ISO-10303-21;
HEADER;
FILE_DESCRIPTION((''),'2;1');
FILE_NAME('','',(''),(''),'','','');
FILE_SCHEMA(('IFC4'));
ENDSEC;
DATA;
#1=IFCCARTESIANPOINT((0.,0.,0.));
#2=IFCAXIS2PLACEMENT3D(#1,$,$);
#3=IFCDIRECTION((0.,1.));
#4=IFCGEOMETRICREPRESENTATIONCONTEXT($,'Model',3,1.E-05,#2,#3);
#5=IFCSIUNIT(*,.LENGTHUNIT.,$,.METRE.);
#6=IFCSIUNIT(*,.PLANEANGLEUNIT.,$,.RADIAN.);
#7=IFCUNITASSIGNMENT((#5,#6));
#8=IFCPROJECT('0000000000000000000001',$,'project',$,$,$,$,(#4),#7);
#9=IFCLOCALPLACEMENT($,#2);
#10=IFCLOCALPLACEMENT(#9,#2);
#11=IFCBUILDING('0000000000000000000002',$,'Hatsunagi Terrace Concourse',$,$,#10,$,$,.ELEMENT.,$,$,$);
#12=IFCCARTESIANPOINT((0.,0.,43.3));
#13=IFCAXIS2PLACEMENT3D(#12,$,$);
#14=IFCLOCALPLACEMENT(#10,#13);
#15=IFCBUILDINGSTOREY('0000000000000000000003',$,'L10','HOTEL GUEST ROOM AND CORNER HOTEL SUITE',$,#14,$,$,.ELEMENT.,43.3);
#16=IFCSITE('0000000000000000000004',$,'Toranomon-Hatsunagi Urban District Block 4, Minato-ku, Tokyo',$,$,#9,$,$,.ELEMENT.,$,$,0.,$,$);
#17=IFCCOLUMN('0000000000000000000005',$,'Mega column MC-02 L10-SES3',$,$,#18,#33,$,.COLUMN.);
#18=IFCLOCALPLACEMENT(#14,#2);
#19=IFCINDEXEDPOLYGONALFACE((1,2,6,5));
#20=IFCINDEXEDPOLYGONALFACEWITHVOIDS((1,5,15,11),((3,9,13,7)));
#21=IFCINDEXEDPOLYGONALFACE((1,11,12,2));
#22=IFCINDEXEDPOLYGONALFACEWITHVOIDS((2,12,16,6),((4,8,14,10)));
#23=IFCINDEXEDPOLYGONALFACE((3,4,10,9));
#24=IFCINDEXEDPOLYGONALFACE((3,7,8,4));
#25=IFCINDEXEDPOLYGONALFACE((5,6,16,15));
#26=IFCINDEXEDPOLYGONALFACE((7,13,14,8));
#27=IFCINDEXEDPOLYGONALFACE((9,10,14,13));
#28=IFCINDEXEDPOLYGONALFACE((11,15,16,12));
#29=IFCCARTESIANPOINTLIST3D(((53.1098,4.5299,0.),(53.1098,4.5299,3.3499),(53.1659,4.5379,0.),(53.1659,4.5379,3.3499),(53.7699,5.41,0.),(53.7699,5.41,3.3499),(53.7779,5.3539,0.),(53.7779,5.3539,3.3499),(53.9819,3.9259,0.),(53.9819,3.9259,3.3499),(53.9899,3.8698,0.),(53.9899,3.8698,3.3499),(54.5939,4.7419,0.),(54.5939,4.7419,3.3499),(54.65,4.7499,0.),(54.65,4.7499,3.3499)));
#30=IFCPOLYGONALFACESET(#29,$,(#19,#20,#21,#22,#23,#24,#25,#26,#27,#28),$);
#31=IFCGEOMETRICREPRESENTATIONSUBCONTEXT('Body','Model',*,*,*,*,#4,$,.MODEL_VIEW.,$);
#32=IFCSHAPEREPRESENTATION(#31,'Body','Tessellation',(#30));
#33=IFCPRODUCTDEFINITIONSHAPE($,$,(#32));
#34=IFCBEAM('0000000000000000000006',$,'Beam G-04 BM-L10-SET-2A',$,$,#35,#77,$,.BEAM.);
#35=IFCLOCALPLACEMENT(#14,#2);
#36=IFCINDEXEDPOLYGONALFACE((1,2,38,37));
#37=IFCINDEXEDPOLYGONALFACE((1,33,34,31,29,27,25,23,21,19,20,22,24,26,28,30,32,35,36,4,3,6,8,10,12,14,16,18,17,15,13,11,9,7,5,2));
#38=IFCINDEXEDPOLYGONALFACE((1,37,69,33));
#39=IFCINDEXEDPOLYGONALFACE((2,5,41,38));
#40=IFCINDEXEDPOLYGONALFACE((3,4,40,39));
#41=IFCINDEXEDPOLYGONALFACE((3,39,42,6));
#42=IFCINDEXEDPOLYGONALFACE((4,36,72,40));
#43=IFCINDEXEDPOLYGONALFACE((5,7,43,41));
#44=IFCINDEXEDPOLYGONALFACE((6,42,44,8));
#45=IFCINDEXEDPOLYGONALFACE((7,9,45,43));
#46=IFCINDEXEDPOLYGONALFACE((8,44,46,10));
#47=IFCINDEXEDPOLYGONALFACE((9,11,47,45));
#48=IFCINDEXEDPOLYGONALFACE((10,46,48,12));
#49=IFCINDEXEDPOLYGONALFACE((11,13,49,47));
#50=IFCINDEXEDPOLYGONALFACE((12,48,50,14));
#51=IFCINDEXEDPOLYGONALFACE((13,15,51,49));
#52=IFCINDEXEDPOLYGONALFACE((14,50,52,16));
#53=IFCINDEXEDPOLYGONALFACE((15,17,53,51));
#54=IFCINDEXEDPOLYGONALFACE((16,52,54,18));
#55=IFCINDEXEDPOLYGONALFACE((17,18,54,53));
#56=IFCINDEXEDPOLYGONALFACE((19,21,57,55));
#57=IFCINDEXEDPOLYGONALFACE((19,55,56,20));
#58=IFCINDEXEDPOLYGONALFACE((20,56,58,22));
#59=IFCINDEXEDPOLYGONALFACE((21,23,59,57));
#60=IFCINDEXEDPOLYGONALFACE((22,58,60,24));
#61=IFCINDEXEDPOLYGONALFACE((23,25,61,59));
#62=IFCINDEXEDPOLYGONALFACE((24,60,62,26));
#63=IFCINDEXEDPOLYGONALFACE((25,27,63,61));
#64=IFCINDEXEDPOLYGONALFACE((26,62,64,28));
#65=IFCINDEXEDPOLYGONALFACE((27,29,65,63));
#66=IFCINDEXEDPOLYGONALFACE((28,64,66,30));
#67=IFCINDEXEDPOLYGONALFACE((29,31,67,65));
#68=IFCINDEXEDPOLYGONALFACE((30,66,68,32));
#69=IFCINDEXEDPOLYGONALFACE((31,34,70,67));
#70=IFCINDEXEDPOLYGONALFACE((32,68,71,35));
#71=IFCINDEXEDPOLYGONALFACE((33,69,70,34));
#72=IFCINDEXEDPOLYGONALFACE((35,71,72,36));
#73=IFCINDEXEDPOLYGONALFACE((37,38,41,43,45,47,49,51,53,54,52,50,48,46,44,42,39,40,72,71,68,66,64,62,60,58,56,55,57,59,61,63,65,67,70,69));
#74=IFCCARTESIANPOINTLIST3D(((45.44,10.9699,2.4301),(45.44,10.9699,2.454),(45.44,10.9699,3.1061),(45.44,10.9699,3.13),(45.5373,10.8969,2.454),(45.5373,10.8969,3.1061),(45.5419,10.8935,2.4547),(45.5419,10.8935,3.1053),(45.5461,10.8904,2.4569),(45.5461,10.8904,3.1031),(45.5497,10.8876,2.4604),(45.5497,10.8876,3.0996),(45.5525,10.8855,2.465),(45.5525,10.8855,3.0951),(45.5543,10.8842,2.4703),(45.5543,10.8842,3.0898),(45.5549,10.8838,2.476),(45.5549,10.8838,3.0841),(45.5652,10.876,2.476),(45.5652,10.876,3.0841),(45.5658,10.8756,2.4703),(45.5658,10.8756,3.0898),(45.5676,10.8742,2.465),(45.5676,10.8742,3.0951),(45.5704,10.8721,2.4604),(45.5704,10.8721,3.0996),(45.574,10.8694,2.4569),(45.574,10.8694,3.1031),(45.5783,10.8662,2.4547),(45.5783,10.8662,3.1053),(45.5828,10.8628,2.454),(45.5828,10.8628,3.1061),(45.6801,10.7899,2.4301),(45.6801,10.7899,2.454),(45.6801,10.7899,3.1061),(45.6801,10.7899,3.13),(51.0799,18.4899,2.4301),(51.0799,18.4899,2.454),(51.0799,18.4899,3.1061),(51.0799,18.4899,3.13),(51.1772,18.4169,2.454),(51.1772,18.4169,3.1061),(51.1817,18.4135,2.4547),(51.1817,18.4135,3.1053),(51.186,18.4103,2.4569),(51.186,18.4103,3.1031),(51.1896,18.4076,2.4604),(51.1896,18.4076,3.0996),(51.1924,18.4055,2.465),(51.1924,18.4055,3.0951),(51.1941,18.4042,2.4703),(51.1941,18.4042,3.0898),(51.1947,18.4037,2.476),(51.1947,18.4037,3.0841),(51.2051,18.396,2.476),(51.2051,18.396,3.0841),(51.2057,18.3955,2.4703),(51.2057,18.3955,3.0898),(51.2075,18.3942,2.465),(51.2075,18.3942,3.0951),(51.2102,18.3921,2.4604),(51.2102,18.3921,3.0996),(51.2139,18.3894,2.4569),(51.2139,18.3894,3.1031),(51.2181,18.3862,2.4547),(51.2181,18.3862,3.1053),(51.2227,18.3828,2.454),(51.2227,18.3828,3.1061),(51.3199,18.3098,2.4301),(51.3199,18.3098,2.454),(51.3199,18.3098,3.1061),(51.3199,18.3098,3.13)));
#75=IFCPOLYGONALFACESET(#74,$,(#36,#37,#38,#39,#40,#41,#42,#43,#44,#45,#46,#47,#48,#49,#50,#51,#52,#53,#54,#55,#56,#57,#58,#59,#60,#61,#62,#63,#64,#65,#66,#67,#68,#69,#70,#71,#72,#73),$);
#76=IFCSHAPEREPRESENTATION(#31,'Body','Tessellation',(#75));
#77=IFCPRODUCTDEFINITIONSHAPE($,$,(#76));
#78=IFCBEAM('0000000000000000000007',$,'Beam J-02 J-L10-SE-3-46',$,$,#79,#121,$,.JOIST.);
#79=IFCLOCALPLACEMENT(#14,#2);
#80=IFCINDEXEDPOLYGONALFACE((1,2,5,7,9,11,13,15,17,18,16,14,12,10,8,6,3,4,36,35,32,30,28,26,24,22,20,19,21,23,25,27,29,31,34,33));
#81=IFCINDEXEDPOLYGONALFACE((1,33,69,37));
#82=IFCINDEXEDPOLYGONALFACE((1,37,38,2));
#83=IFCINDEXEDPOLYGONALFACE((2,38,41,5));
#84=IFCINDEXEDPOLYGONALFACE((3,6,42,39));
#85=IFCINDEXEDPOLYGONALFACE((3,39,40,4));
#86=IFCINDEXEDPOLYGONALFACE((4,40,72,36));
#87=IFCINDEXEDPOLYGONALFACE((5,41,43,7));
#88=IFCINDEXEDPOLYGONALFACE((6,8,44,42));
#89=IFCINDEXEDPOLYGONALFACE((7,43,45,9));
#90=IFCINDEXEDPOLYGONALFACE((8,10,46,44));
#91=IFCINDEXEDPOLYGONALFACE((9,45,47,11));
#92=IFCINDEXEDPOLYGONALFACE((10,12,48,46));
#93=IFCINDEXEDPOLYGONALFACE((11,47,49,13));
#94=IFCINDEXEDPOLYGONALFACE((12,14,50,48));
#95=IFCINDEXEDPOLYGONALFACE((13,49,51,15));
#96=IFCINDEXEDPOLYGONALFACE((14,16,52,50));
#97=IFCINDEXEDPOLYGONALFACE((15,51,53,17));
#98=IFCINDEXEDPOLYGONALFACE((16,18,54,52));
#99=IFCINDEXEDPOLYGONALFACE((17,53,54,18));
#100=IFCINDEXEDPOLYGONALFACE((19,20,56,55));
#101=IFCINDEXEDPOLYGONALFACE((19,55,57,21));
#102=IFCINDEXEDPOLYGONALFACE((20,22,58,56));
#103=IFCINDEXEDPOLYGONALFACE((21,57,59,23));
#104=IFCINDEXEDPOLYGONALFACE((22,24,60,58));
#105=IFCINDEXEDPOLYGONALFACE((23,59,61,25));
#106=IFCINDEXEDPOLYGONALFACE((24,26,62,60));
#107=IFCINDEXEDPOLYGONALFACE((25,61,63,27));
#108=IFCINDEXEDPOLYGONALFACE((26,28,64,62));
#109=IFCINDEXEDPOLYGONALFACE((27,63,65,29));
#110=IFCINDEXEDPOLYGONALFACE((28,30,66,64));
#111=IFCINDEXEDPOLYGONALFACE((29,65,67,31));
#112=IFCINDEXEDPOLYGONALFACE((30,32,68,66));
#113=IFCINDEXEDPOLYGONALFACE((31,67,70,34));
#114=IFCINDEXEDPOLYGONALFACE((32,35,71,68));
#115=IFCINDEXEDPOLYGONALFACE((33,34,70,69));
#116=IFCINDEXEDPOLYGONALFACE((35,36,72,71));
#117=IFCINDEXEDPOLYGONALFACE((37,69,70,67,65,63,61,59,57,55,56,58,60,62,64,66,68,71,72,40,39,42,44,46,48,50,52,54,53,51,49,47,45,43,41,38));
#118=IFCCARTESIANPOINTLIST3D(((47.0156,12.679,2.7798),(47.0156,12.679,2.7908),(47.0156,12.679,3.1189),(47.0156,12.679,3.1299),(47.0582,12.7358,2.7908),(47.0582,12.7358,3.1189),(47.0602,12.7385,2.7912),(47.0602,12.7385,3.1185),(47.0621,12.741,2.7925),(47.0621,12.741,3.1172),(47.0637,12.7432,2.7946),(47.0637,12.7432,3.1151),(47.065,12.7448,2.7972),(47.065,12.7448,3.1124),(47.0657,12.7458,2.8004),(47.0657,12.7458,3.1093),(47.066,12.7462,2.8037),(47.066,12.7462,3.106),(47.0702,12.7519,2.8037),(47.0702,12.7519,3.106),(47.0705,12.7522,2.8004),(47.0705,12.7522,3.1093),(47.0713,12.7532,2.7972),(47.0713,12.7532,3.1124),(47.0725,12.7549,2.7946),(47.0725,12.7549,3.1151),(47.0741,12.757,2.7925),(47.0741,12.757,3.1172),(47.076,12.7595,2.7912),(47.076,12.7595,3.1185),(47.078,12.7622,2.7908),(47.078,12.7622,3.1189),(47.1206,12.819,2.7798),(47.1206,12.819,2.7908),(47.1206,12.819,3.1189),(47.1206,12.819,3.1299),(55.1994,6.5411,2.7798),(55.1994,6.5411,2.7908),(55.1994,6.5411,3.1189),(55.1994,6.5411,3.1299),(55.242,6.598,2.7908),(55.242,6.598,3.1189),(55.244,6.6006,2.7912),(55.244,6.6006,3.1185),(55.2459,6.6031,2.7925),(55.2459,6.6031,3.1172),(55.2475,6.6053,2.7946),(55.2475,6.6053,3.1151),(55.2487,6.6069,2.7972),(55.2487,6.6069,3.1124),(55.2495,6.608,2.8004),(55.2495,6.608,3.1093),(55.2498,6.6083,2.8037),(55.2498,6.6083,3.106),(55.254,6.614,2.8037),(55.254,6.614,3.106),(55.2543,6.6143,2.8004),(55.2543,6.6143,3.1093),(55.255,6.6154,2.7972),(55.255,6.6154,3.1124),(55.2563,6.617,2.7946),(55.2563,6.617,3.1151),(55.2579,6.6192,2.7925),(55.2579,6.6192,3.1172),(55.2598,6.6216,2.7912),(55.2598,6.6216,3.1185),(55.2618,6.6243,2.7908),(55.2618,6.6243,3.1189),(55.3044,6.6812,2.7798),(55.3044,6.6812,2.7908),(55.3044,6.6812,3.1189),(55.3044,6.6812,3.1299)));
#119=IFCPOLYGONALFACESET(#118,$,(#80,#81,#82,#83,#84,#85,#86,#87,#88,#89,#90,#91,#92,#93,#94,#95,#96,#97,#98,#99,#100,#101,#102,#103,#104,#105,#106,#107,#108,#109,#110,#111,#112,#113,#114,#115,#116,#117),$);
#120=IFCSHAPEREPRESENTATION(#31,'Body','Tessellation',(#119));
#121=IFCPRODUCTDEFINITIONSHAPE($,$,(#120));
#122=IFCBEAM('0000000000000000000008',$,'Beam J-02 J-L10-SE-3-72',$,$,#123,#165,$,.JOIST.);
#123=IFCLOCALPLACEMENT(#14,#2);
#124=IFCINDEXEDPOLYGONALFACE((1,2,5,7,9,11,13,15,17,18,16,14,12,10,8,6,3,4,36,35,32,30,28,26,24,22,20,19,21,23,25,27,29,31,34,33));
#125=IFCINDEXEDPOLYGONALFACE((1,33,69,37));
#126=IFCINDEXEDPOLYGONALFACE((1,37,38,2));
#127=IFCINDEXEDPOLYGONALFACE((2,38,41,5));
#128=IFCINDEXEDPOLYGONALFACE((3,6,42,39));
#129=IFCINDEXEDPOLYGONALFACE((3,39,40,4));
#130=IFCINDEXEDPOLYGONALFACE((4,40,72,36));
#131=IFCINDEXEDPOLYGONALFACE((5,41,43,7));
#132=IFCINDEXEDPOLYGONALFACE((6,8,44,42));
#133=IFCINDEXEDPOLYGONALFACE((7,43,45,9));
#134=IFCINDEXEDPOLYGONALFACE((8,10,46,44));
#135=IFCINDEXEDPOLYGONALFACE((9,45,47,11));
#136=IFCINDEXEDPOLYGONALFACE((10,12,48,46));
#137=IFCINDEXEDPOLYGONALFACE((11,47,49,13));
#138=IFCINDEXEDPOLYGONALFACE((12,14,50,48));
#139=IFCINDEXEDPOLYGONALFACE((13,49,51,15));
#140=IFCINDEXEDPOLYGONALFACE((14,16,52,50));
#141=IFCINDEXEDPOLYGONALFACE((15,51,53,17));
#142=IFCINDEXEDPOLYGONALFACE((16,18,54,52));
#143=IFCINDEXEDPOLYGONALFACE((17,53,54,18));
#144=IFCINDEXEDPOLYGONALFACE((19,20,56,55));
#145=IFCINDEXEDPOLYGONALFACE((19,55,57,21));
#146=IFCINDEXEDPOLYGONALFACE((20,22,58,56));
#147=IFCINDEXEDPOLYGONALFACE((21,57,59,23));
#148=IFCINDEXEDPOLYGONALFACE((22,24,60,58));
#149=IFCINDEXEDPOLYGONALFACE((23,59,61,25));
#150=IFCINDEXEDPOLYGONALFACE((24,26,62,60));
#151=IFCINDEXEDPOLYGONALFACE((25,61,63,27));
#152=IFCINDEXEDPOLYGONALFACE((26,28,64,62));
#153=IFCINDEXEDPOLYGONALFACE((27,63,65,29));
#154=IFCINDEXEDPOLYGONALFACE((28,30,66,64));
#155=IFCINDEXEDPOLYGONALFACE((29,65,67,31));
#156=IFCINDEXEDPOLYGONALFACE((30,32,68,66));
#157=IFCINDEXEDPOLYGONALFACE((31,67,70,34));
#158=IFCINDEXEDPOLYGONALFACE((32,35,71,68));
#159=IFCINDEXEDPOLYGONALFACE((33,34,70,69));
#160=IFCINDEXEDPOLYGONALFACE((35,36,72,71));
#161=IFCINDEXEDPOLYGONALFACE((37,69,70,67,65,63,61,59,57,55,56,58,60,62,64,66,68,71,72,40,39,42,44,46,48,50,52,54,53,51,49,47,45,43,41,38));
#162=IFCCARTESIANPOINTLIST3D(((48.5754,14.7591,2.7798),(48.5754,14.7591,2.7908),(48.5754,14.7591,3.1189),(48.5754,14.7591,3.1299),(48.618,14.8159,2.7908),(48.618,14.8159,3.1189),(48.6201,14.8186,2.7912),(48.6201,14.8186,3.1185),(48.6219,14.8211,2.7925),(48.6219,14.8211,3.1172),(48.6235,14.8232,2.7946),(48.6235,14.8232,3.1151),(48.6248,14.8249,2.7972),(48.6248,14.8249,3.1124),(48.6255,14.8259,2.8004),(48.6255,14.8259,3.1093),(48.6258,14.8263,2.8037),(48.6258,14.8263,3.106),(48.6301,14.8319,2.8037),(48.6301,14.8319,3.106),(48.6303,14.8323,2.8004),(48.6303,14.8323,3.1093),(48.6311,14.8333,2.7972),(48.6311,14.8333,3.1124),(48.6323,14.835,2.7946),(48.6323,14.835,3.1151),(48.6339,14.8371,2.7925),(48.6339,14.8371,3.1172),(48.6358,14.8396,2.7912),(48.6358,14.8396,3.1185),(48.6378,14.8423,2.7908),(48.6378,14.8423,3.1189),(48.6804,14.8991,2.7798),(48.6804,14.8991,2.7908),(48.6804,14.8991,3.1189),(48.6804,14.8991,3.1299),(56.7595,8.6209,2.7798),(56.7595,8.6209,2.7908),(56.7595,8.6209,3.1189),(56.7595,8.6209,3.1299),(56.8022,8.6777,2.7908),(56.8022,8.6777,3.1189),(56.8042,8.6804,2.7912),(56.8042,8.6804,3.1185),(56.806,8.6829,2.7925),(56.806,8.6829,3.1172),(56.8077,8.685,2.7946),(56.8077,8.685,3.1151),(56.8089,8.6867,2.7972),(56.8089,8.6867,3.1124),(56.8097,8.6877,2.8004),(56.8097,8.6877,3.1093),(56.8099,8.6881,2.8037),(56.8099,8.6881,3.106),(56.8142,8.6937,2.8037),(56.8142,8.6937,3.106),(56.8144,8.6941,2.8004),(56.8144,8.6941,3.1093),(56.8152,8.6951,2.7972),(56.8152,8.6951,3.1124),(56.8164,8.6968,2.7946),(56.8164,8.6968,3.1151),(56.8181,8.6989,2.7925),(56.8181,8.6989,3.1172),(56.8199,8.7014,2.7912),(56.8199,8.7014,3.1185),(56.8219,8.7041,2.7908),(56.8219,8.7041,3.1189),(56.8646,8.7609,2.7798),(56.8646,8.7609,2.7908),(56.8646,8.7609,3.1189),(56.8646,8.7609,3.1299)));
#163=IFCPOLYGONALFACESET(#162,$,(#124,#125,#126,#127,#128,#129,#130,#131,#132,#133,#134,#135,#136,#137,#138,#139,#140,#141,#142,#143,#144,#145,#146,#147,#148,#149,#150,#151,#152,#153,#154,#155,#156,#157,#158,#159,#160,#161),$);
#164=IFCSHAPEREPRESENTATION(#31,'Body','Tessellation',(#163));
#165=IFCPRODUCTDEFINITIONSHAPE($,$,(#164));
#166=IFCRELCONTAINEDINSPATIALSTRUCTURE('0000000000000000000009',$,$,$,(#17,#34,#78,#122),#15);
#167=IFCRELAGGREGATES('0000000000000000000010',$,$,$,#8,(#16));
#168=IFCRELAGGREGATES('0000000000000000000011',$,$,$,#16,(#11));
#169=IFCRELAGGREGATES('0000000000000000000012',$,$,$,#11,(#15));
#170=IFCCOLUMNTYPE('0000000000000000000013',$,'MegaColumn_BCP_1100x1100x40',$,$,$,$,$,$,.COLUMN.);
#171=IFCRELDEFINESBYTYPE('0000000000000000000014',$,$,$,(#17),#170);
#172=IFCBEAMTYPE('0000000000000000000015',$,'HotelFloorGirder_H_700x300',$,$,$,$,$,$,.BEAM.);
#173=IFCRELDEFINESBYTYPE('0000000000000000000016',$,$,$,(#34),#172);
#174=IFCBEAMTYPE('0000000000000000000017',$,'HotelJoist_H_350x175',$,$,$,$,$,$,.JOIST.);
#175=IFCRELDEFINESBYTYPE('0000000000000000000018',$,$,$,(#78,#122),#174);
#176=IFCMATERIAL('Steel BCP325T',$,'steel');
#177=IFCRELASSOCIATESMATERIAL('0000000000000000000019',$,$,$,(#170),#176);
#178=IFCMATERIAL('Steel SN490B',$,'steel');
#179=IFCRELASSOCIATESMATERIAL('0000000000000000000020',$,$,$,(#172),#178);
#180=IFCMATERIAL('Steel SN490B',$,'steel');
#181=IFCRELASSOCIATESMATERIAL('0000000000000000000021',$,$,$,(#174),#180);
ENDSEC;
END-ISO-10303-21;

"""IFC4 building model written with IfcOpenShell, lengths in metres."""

from ifc_helpers import new_model, si_unit, direction, frame, origin, origin_2d, place, context, subcontext, project, spatial, hollow_rectangle, i_section, extrude, material, material_profile, profile_set, type_object, element, save


model = new_model("IFC4")

# Units and contexts
model_context = context("Model", 3, precision=1e-05, world=origin(), true_north=direction((0.0, 1.0)))
body_context = subcontext(model_context, "Body", "Model", "MODEL_VIEW")
ifc_project = project(units=[si_unit("LENGTHUNIT", "METRE"), si_unit("PLANEANGLEUNIT", "RADIAN")], contexts=[model_context])

# Site, building, storey
site_placement = place(None, origin())
site = spatial("IfcSite", under=ifc_project, at=site_placement, Name="Toranomon-Hatsunagi Urban District Block 4, Minato-ku, Tokyo", CompositionType="ELEMENT", RefElevation=0.0)
building_placement = place(site_placement, origin())
building = spatial("IfcBuilding", under=site, at=building_placement, Name="Hatsunagi Terrace Concourse", CompositionType="ELEMENT")
storey_placement = place(building_placement, frame((0.0, 0.0, 43.3)))
storey = spatial("IfcBuildingStorey", under=building, at=storey_placement, Name="L10", Description="HOTEL GUEST ROOM AND CORNER HOTEL SUITE", CompositionType="ELEMENT", Elevation=43.3)

# Column
ifc_material_1 = material(Name="Steel BCP325T", Category="steel")
ifc_material_profile_1 = material_profile(ifc_material_1, hollow_rectangle(XDim=1.1001, YDim=1.1001, WallThickness=0.04, at=origin_2d()), Name="BCP-1100x1100x40")
ifc_profile_set_1 = profile_set([ifc_material_profile_1], Name="Steel BCP325T")
column_type = type_object("IfcColumnType", Name="MegaColumn_BCP_1100x1100x40", PredefinedType="COLUMN", material=ifc_profile_set_1)
column_placement = place(storey_placement, frame((53.8799, 4.6399, 0.0), z_axis=(0.0, 0.0, 1.0), x_axis=(0.8, -0.6, 0.0)))
element("IfcColumn", 1, at=column_placement, inside=storey, type_object=column_type, Name="Mega column MC-02 L10-SES3", PredefinedType="COLUMN", context=body_context, shape_type="SweptSolid", body=[
    extrude(hollow_rectangle(XDim=1.1001, YDim=1.1001, WallThickness=0.04, at=origin_2d()), origin(), (0.0, 0.0, 1.0), 3.3499),
])

# Beams
ifc_material_2 = material(Name="Steel SN490B", Category="steel")
ifc_material_profile_2 = material_profile(ifc_material_2, i_section(OverallWidth=0.3, OverallDepth=0.7, WebThickness=0.0129, FlangeThickness=0.0239, FilletRadius=0.022, at=origin_2d()), Name="H-700x300x13x24")
ifc_profile_set_2 = profile_set([ifc_material_profile_2], Name="Steel SN490B")
beam_type_1 = type_object("IfcBeamType", Name="HotelFloorGirder_H_700x300", PredefinedType="BEAM", material=ifc_profile_set_2)
beam_1_placement = place(storey_placement, frame((45.5601, 10.8799, 2.78), z_axis=(0.599992, 0.800006, 0.0), x_axis=(-0.800006, 0.599992, 0.0)))
element("IfcBeam", 2, at=beam_1_placement, inside=storey, type_object=beam_type_1, Name="Beam G-04 BM-L10-SET-2A", PredefinedType="BEAM", context=body_context, shape_type="SweptSolid", body=[
    extrude(i_section(OverallWidth=0.3, OverallDepth=0.7, WebThickness=0.0129, FlangeThickness=0.0239, FilletRadius=0.022, at=origin_2d()), origin(), (0.0, 0.0, 1.0), 9.3999),
])
ifc_material_3 = material(Name="Steel SN490B", Category="steel")
ifc_material_profile_3 = material_profile(ifc_material_3, i_section(OverallWidth=0.175, OverallDepth=0.3501, WebThickness=0.0071, FlangeThickness=0.011, FilletRadius=0.0129, at=origin_2d()), Name="H-350x175x7x11")
ifc_profile_set_3 = profile_set([ifc_material_profile_3], Name="Steel SN490B")
beam_type_2 = type_object("IfcBeamType", Name="HotelJoist_H_350x175", PredefinedType="JOIST", material=ifc_profile_set_3)
beam_2_placement = place(storey_placement, frame((47.0681, 12.749, 2.9548), z_axis=(0.799997, -0.600004, 0.0), x_axis=(0.600004, 0.799997, 0.0)))
element("IfcBeam", 3, at=beam_2_placement, inside=storey, type_object=beam_type_2, Name="Beam J-02 J-L10-SE-3-46", PredefinedType="JOIST", context=body_context, shape_type="SweptSolid", body=[
    extrude(i_section(OverallWidth=0.175, OverallDepth=0.3501, WebThickness=0.0071, FlangeThickness=0.011, FilletRadius=0.0129, at=origin_2d()), origin(), (0.0, 0.0, 1.0), 10.2297),
])
beam_3_placement = place(storey_placement, frame((48.6279, 14.8291, 2.9548), z_axis=(0.799994, -0.600008, 0.0), x_axis=(0.600008, 0.799994, 0.0)))
element("IfcBeam", 4, at=beam_3_placement, inside=storey, type_object=beam_type_2, Name="Beam J-02 J-L10-SE-3-72", PredefinedType="JOIST", context=body_context, shape_type="SweptSolid", body=[
    extrude(i_section(OverallWidth=0.175, OverallDepth=0.3501, WebThickness=0.0071, FlangeThickness=0.011, FilletRadius=0.0129, at=origin_2d()), origin(), (0.0, 0.0, 1.0), 10.2302),
])

save(model, "model.ifc")
